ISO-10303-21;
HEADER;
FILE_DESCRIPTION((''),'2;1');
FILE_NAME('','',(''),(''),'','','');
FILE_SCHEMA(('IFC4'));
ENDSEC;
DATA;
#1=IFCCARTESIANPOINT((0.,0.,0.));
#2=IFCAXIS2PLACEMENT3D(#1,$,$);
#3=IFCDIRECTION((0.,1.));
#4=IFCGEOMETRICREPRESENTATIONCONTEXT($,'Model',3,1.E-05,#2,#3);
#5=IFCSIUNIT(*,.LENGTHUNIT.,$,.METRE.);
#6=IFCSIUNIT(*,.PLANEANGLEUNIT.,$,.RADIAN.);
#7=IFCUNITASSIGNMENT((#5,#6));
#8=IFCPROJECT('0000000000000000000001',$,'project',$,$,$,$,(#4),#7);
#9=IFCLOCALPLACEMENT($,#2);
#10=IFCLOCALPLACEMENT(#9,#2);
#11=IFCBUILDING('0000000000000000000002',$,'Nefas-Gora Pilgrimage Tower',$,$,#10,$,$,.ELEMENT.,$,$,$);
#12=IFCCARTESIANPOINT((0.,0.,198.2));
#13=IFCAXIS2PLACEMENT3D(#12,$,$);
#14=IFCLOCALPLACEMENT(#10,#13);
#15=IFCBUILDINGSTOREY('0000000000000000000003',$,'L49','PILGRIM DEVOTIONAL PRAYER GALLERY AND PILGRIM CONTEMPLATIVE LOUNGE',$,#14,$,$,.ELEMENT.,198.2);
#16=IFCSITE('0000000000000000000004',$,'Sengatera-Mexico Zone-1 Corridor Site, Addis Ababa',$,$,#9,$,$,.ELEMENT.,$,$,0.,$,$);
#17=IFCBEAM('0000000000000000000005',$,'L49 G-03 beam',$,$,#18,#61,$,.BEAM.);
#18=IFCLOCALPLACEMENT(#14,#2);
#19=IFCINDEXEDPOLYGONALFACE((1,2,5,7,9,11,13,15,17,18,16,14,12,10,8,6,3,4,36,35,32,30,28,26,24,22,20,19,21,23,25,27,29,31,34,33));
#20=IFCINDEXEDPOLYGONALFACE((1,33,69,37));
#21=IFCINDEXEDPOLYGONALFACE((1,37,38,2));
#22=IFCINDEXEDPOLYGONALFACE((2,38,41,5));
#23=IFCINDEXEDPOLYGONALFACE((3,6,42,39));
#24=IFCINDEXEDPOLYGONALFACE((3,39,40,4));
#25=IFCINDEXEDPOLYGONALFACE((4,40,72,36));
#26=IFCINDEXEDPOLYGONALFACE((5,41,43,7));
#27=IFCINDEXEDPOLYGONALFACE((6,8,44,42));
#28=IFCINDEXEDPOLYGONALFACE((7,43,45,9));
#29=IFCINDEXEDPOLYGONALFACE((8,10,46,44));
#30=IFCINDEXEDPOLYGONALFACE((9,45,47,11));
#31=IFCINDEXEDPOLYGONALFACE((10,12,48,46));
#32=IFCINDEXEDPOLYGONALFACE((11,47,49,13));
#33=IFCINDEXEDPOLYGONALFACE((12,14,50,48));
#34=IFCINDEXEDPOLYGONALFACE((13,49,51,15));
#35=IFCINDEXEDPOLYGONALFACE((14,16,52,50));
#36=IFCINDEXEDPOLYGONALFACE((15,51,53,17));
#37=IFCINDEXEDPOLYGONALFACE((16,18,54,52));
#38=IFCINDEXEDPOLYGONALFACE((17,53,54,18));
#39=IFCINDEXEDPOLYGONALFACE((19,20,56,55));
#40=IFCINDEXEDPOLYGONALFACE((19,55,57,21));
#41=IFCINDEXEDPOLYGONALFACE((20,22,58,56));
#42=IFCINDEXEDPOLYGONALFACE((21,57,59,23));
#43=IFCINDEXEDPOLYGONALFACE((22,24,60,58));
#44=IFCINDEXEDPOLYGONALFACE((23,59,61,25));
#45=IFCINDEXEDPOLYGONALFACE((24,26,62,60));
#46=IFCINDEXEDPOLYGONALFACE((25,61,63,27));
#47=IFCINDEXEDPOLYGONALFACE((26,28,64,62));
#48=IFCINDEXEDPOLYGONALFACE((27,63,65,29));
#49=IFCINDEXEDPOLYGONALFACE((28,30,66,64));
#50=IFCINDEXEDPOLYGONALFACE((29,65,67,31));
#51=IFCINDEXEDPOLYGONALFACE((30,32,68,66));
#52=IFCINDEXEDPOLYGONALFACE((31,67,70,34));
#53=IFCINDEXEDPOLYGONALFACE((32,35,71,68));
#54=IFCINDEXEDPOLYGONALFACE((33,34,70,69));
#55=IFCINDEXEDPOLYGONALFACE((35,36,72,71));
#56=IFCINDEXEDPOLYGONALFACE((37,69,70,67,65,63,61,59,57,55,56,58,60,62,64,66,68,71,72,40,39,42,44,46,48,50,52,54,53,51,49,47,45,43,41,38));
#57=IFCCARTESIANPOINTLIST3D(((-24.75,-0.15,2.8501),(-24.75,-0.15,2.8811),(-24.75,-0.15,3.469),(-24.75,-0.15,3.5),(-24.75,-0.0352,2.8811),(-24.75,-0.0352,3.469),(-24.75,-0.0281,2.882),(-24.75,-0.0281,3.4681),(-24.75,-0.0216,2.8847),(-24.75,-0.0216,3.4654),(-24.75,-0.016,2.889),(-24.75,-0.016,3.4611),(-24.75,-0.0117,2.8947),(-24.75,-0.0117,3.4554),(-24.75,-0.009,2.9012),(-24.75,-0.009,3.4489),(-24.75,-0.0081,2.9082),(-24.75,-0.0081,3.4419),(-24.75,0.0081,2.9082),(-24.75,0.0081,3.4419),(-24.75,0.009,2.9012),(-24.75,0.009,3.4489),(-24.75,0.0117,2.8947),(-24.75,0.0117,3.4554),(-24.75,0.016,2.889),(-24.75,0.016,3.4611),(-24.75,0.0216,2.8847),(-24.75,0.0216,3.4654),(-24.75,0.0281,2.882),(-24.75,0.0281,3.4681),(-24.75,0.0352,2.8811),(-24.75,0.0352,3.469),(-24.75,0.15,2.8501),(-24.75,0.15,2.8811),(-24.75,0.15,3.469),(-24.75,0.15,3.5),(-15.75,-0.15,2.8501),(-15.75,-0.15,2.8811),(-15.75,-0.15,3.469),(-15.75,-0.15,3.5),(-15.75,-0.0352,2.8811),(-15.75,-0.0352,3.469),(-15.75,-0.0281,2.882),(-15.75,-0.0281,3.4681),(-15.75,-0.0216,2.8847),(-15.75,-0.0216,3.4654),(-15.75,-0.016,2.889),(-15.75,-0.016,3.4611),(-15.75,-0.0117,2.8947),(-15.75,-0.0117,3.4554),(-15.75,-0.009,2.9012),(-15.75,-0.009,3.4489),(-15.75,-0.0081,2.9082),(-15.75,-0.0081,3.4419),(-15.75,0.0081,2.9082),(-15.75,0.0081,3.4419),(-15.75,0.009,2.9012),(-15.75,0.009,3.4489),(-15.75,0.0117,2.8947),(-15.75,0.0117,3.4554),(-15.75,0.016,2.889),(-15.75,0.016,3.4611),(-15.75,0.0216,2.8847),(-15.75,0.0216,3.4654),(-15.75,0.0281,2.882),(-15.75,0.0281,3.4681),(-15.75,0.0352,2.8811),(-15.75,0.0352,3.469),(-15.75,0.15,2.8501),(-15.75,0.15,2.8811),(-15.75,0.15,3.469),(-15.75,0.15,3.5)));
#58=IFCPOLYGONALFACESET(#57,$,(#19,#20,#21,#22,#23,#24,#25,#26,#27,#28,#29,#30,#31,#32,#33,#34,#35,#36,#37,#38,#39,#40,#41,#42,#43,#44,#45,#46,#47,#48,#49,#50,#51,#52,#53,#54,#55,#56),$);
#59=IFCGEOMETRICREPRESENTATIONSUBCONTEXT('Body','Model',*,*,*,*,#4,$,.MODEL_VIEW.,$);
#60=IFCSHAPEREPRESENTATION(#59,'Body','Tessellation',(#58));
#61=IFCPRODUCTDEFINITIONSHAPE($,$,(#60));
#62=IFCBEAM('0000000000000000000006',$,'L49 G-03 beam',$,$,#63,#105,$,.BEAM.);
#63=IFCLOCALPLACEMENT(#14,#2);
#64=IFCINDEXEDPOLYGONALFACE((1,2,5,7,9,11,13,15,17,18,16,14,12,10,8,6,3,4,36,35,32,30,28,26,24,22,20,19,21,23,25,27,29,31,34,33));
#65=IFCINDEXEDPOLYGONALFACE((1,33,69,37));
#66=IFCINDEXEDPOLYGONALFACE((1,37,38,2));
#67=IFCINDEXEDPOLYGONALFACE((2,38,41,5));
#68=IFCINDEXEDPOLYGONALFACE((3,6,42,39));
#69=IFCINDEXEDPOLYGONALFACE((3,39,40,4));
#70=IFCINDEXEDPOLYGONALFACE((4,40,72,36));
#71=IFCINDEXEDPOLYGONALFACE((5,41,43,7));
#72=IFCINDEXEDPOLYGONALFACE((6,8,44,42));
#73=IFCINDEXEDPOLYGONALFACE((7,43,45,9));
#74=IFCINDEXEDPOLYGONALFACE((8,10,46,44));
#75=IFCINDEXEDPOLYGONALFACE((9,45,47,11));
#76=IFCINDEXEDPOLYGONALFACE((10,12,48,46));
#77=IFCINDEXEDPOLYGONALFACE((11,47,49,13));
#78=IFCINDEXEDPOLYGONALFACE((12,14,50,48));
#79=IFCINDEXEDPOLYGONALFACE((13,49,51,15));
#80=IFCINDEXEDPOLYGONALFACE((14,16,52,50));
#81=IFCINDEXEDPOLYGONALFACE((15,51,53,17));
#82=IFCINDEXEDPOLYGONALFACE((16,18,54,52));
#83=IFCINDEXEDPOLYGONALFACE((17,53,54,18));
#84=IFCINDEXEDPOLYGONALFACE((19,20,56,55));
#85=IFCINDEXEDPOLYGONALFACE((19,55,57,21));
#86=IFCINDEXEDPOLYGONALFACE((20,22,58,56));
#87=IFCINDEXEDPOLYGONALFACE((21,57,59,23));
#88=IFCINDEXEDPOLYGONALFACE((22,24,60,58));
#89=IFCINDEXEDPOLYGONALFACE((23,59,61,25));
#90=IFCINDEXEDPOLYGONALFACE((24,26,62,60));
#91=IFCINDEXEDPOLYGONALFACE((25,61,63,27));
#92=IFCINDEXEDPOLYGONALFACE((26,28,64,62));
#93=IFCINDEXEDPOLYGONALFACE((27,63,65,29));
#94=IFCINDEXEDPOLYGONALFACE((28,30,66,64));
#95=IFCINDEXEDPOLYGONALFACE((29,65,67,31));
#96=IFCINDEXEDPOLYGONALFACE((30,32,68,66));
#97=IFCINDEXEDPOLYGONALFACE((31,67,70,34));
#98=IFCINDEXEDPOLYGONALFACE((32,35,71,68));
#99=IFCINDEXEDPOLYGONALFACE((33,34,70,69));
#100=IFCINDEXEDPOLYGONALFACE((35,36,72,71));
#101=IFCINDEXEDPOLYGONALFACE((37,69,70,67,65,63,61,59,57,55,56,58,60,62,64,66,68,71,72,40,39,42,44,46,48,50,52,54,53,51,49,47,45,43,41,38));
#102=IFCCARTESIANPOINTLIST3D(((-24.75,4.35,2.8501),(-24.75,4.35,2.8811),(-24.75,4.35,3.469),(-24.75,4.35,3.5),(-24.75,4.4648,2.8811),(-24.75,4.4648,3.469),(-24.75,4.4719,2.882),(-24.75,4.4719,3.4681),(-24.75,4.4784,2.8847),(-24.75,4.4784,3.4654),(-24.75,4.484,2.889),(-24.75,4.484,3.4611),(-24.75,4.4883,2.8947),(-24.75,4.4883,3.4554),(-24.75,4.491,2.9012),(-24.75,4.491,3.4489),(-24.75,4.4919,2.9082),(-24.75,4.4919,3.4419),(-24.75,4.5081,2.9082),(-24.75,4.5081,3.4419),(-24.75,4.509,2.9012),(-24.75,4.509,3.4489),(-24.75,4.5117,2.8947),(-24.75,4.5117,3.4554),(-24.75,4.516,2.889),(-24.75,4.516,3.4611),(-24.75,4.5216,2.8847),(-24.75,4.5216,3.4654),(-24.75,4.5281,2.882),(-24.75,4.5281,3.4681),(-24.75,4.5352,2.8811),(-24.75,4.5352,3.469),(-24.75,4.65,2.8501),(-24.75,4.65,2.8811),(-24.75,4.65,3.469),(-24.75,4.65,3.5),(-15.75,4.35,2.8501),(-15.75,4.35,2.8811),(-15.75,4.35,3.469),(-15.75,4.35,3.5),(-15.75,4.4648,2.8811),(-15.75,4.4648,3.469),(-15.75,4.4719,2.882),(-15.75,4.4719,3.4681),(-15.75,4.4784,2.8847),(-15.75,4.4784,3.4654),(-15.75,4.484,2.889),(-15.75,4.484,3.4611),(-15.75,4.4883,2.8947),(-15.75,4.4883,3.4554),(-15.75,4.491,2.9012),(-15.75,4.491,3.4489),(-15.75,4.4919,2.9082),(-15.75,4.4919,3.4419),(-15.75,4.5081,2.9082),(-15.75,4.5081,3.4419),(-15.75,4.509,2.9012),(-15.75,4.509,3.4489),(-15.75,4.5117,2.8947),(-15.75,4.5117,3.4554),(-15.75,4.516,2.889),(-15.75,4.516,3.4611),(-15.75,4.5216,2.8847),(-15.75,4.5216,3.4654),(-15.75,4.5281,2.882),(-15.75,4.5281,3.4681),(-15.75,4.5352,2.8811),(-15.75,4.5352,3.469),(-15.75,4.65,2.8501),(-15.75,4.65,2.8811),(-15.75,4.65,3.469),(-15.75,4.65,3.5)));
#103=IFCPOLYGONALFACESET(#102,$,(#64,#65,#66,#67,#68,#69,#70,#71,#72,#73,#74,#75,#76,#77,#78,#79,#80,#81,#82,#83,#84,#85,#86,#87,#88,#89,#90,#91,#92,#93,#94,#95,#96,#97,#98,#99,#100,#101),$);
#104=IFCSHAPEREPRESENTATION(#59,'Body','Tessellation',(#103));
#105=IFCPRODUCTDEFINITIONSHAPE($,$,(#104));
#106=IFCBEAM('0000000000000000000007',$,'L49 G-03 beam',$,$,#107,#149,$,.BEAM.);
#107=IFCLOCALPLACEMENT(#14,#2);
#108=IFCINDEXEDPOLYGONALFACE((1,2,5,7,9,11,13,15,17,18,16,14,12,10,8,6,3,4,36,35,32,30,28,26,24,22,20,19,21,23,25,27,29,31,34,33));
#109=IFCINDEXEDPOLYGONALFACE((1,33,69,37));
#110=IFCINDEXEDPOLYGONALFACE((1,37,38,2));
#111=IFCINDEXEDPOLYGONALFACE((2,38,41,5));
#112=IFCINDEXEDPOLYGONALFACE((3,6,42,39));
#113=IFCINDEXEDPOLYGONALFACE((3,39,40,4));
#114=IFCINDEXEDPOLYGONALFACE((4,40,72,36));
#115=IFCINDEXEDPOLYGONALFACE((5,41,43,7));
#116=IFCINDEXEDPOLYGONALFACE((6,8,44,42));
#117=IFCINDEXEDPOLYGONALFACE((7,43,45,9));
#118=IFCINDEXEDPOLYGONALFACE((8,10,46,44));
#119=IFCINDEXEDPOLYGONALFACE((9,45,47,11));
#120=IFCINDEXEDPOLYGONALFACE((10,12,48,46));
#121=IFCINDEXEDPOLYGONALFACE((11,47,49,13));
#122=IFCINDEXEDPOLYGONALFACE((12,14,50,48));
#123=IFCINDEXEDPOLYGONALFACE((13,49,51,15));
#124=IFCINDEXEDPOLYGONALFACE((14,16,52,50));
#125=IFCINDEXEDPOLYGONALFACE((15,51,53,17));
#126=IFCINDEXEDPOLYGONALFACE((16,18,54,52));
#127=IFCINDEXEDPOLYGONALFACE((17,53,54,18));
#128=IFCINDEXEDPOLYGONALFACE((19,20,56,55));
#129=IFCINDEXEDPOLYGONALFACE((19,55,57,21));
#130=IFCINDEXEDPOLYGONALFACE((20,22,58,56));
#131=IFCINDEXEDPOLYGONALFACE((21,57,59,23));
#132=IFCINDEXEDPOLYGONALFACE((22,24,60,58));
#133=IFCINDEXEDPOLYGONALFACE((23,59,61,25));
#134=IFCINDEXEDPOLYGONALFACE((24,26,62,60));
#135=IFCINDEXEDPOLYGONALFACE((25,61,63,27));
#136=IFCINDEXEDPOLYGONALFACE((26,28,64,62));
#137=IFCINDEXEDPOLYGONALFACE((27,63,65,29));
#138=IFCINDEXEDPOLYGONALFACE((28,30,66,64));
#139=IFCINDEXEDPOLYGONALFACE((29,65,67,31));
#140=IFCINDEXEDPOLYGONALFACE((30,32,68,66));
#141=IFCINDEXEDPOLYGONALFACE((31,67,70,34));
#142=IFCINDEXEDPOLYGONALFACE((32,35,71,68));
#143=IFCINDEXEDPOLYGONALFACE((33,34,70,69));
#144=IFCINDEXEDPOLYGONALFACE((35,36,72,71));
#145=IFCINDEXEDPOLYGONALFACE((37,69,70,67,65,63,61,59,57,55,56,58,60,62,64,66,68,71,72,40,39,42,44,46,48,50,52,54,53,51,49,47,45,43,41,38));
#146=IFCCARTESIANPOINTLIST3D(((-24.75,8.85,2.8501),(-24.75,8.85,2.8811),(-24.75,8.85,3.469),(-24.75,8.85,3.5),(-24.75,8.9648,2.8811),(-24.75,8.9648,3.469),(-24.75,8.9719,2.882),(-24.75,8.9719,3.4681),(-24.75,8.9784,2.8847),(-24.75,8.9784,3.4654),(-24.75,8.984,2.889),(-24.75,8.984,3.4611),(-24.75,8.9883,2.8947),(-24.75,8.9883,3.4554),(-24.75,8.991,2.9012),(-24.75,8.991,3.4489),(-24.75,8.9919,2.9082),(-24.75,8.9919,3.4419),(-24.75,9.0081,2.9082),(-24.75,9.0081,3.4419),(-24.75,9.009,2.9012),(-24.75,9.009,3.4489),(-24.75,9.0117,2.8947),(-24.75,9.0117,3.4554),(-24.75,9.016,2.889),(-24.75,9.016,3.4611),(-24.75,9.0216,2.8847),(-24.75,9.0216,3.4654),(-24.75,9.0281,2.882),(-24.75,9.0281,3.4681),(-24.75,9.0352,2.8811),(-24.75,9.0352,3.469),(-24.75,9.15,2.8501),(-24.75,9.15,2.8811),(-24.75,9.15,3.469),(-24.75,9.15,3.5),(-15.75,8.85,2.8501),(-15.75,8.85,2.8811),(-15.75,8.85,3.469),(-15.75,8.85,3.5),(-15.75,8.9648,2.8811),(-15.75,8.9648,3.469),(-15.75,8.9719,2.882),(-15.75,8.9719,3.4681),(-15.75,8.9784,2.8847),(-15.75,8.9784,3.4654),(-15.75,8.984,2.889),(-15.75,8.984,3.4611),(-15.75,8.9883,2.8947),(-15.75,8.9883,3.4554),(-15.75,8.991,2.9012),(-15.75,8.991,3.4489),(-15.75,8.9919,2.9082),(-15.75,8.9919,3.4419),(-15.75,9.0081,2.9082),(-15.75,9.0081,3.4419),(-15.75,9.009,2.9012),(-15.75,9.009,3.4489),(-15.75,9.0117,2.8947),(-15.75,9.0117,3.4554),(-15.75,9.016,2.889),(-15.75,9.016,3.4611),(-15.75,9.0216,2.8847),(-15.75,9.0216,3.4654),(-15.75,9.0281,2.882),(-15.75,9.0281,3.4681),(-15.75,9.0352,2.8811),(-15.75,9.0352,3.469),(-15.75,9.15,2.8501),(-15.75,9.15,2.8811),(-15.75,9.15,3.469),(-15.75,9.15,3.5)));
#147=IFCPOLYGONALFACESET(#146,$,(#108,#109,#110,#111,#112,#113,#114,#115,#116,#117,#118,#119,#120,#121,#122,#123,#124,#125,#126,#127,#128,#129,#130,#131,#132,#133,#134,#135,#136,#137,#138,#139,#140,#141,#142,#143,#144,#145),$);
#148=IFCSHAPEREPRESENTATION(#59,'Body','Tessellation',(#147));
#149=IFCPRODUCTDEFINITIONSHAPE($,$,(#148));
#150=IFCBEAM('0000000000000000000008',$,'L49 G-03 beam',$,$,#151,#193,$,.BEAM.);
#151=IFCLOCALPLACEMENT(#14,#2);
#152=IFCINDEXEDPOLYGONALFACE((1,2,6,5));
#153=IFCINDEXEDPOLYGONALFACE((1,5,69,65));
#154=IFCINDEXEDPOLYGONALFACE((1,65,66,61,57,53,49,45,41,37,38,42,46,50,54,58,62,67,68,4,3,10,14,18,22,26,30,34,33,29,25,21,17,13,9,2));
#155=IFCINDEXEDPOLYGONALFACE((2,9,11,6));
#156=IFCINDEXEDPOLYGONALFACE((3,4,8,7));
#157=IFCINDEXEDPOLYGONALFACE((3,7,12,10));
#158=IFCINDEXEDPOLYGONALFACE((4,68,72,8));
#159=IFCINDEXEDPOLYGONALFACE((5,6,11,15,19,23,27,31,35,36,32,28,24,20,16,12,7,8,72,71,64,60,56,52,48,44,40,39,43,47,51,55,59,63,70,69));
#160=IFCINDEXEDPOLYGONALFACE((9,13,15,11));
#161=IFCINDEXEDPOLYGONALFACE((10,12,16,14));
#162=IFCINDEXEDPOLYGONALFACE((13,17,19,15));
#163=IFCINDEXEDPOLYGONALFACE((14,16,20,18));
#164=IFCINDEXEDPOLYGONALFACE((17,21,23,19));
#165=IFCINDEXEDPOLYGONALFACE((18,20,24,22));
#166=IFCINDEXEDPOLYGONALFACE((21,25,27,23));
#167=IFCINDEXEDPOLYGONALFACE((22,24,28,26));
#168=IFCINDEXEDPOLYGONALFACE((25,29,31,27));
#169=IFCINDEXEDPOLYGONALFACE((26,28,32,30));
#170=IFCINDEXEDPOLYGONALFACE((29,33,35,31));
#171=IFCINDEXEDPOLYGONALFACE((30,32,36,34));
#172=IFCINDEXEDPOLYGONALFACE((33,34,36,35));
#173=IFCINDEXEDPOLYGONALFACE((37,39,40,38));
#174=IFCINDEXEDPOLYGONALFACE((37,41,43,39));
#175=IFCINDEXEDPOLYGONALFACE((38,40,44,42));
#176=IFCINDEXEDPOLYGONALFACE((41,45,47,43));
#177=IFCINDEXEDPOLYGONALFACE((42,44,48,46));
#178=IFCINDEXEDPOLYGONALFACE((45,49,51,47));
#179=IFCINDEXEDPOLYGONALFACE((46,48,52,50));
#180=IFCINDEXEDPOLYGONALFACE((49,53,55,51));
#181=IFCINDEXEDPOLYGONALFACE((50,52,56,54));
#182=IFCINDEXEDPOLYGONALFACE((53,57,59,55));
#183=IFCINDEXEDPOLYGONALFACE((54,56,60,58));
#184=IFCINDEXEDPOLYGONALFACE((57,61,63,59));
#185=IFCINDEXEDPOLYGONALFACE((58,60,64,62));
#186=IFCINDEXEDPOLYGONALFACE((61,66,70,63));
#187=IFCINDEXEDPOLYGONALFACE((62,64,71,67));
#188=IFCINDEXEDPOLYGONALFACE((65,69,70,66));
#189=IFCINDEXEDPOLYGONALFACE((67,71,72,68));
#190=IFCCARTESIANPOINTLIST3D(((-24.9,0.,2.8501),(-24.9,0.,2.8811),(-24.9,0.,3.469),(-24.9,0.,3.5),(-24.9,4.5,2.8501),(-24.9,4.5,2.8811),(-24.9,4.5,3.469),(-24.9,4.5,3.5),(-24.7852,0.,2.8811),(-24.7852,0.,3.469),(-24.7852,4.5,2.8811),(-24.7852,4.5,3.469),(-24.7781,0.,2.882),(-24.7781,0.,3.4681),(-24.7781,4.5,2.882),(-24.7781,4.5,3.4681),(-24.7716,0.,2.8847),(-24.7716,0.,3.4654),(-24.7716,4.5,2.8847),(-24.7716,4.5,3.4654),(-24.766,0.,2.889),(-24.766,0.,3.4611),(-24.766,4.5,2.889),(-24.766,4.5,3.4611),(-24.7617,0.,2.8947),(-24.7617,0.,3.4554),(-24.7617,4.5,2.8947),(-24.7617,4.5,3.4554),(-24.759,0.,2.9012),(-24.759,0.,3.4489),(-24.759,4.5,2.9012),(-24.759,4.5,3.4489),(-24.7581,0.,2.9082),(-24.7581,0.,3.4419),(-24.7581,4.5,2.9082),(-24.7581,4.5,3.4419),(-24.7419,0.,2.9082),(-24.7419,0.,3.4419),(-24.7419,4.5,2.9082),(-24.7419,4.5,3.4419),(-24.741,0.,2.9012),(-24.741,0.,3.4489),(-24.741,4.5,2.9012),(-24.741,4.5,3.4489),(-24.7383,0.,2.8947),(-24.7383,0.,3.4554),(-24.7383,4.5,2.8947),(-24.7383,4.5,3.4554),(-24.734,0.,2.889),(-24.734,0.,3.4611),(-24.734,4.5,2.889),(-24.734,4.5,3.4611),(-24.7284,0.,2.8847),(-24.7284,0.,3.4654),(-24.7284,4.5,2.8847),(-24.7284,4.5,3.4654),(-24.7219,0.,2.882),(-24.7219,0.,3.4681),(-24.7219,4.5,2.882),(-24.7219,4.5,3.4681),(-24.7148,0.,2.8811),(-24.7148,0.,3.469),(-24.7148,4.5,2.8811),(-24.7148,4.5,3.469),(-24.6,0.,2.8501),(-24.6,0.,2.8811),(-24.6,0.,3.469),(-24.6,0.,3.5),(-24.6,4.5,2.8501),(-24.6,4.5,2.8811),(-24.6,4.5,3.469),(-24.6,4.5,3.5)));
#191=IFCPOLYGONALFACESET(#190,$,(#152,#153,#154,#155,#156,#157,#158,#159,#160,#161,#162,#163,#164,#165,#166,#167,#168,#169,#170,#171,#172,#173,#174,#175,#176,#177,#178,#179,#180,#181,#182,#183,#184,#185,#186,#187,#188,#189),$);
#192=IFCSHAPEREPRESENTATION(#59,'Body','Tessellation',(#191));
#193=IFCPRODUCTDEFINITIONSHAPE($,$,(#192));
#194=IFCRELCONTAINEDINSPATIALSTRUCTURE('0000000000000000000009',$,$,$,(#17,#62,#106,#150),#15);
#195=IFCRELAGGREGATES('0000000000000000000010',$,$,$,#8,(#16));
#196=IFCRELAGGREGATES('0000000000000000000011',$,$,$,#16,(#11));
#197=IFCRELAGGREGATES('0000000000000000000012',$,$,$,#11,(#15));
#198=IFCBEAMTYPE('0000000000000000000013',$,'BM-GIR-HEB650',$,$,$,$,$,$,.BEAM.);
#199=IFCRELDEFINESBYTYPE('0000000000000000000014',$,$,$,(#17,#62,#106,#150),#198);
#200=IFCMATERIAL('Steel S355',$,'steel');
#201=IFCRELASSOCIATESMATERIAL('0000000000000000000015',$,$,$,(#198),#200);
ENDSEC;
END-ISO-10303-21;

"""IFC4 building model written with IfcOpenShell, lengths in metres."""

from ifc_helpers import new_model, si_unit, direction, frame, origin, origin_2d, place, context, subcontext, project, spatial, i_section, extrude, source, transform, mapped, material, material_profile, profile_set, type_object, element, save


model = new_model("IFC4")

# Units and contexts
model_context = context("Model", 3, precision=1e-05, world=origin(), true_north=direction((0.0, 1.0)))
body_context = subcontext(model_context, "Body", "Model", "MODEL_VIEW")
ifc_project = project(units=[si_unit("LENGTHUNIT", "METRE"), si_unit("PLANEANGLEUNIT", "RADIAN")], contexts=[model_context])

# Site, building, storey
site_placement = place(None, origin())
site = spatial("IfcSite", under=ifc_project, at=site_placement, Name="Sengatera-Mexico Zone-1 Corridor Site, Addis Ababa", CompositionType="ELEMENT", RefElevation=0.0)
building_placement = place(site_placement, origin())
building = spatial("IfcBuilding", under=site, at=building_placement, Name="Nefas-Gora Pilgrimage Tower", CompositionType="ELEMENT")
storey_placement = place(building_placement, frame((0.0, 0.0, 198.2)))
storey = spatial("IfcBuildingStorey", under=building, at=storey_placement, Name="L49", Description="PILGRIM DEVOTIONAL PRAYER GALLERY AND PILGRIM CONTEMPLATIVE LOUNGE", CompositionType="ELEMENT", Elevation=198.2)

# Beams
ifc_material_1 = material(Name="Steel S355", Category="steel")
ifc_material_profile_1 = material_profile(ifc_material_1, i_section(OverallWidth=0.3, OverallDepth=0.6499, WebThickness=0.0161, FlangeThickness=0.031, FilletRadius=0.0271, at=origin_2d()), Name="HEB 650")
ifc_profile_set_1 = profile_set([ifc_material_profile_1], Name="Steel S355")
beam_type_1 = type_object("IfcBeamType", Name="BM-GIR-HEB650", PredefinedType="BEAM", material=ifc_profile_set_1)
shared_shape_1 = source(origin(), body_context, "Body", "SweptSolid", [
    extrude(i_section(OverallWidth=0.3, OverallDepth=0.6499, WebThickness=0.0161, FlangeThickness=0.031, FilletRadius=0.0271, at=origin_2d()), origin(), (0.0, 0.0, 1.0), 9.0),
])
for number, where, z_axis, x_axis, name in (
    (1, (-24.75, 0.0, 3.175), (1.0, 0.0, 0.0), (0.0, 1.0, 0.0), "L49 G-03 beam"),
    (2, (-24.75, 4.5, 3.175), (1.0, 0.0, 0.0), (0.0, 1.0, 0.0), "L49 G-03 beam"),
    (3, (-24.75, 9.0, 3.175), (1.0, 0.0, 0.0), (0.0, 1.0, 0.0), "L49 G-03 beam"),
):
    element("IfcBeam", number, at=place(storey_placement, frame(where, z_axis=z_axis, x_axis=x_axis)), inside=storey, type_object=beam_type_1, Name=name, PredefinedType="BEAM", context=body_context, shape_type="MappedRepresentation", body=[
        mapped(shared_shape_1, transform((0.0, 0.0, 0.0), x_axis=(1.0, 0.0, 0.0), y_axis=(0.0, 1.0, 0.0), z_axis=(0.0, 0.0, 1.0), scale=1.0)),
    ])
shared_shape_2 = source(origin(), body_context, "Body", "SweptSolid", [
    extrude(i_section(OverallWidth=0.3, OverallDepth=0.6499, WebThickness=0.0161, FlangeThickness=0.031, FilletRadius=0.0271, at=origin_2d()), origin(), (0.0, 0.0, 1.0), 4.5),
])
for number, where, z_axis, x_axis, name in (
    (4, (-24.75, 0.0, 3.175), (0.0, 1.0, 0.0), (-1.0, 0.0, 0.0), "L49 G-03 beam"),
):
    element("IfcBeam", number, at=place(storey_placement, frame(where, z_axis=z_axis, x_axis=x_axis)), inside=storey, type_object=beam_type_1, Name=name, PredefinedType="BEAM", context=body_context, shape_type="MappedRepresentation", body=[
        mapped(shared_shape_2, transform((0.0, 0.0, 0.0), x_axis=(1.0, 0.0, 0.0), y_axis=(0.0, 1.0, 0.0), z_axis=(0.0, 0.0, 1.0), scale=1.0)),
    ])

save(model, "model.ifc")
